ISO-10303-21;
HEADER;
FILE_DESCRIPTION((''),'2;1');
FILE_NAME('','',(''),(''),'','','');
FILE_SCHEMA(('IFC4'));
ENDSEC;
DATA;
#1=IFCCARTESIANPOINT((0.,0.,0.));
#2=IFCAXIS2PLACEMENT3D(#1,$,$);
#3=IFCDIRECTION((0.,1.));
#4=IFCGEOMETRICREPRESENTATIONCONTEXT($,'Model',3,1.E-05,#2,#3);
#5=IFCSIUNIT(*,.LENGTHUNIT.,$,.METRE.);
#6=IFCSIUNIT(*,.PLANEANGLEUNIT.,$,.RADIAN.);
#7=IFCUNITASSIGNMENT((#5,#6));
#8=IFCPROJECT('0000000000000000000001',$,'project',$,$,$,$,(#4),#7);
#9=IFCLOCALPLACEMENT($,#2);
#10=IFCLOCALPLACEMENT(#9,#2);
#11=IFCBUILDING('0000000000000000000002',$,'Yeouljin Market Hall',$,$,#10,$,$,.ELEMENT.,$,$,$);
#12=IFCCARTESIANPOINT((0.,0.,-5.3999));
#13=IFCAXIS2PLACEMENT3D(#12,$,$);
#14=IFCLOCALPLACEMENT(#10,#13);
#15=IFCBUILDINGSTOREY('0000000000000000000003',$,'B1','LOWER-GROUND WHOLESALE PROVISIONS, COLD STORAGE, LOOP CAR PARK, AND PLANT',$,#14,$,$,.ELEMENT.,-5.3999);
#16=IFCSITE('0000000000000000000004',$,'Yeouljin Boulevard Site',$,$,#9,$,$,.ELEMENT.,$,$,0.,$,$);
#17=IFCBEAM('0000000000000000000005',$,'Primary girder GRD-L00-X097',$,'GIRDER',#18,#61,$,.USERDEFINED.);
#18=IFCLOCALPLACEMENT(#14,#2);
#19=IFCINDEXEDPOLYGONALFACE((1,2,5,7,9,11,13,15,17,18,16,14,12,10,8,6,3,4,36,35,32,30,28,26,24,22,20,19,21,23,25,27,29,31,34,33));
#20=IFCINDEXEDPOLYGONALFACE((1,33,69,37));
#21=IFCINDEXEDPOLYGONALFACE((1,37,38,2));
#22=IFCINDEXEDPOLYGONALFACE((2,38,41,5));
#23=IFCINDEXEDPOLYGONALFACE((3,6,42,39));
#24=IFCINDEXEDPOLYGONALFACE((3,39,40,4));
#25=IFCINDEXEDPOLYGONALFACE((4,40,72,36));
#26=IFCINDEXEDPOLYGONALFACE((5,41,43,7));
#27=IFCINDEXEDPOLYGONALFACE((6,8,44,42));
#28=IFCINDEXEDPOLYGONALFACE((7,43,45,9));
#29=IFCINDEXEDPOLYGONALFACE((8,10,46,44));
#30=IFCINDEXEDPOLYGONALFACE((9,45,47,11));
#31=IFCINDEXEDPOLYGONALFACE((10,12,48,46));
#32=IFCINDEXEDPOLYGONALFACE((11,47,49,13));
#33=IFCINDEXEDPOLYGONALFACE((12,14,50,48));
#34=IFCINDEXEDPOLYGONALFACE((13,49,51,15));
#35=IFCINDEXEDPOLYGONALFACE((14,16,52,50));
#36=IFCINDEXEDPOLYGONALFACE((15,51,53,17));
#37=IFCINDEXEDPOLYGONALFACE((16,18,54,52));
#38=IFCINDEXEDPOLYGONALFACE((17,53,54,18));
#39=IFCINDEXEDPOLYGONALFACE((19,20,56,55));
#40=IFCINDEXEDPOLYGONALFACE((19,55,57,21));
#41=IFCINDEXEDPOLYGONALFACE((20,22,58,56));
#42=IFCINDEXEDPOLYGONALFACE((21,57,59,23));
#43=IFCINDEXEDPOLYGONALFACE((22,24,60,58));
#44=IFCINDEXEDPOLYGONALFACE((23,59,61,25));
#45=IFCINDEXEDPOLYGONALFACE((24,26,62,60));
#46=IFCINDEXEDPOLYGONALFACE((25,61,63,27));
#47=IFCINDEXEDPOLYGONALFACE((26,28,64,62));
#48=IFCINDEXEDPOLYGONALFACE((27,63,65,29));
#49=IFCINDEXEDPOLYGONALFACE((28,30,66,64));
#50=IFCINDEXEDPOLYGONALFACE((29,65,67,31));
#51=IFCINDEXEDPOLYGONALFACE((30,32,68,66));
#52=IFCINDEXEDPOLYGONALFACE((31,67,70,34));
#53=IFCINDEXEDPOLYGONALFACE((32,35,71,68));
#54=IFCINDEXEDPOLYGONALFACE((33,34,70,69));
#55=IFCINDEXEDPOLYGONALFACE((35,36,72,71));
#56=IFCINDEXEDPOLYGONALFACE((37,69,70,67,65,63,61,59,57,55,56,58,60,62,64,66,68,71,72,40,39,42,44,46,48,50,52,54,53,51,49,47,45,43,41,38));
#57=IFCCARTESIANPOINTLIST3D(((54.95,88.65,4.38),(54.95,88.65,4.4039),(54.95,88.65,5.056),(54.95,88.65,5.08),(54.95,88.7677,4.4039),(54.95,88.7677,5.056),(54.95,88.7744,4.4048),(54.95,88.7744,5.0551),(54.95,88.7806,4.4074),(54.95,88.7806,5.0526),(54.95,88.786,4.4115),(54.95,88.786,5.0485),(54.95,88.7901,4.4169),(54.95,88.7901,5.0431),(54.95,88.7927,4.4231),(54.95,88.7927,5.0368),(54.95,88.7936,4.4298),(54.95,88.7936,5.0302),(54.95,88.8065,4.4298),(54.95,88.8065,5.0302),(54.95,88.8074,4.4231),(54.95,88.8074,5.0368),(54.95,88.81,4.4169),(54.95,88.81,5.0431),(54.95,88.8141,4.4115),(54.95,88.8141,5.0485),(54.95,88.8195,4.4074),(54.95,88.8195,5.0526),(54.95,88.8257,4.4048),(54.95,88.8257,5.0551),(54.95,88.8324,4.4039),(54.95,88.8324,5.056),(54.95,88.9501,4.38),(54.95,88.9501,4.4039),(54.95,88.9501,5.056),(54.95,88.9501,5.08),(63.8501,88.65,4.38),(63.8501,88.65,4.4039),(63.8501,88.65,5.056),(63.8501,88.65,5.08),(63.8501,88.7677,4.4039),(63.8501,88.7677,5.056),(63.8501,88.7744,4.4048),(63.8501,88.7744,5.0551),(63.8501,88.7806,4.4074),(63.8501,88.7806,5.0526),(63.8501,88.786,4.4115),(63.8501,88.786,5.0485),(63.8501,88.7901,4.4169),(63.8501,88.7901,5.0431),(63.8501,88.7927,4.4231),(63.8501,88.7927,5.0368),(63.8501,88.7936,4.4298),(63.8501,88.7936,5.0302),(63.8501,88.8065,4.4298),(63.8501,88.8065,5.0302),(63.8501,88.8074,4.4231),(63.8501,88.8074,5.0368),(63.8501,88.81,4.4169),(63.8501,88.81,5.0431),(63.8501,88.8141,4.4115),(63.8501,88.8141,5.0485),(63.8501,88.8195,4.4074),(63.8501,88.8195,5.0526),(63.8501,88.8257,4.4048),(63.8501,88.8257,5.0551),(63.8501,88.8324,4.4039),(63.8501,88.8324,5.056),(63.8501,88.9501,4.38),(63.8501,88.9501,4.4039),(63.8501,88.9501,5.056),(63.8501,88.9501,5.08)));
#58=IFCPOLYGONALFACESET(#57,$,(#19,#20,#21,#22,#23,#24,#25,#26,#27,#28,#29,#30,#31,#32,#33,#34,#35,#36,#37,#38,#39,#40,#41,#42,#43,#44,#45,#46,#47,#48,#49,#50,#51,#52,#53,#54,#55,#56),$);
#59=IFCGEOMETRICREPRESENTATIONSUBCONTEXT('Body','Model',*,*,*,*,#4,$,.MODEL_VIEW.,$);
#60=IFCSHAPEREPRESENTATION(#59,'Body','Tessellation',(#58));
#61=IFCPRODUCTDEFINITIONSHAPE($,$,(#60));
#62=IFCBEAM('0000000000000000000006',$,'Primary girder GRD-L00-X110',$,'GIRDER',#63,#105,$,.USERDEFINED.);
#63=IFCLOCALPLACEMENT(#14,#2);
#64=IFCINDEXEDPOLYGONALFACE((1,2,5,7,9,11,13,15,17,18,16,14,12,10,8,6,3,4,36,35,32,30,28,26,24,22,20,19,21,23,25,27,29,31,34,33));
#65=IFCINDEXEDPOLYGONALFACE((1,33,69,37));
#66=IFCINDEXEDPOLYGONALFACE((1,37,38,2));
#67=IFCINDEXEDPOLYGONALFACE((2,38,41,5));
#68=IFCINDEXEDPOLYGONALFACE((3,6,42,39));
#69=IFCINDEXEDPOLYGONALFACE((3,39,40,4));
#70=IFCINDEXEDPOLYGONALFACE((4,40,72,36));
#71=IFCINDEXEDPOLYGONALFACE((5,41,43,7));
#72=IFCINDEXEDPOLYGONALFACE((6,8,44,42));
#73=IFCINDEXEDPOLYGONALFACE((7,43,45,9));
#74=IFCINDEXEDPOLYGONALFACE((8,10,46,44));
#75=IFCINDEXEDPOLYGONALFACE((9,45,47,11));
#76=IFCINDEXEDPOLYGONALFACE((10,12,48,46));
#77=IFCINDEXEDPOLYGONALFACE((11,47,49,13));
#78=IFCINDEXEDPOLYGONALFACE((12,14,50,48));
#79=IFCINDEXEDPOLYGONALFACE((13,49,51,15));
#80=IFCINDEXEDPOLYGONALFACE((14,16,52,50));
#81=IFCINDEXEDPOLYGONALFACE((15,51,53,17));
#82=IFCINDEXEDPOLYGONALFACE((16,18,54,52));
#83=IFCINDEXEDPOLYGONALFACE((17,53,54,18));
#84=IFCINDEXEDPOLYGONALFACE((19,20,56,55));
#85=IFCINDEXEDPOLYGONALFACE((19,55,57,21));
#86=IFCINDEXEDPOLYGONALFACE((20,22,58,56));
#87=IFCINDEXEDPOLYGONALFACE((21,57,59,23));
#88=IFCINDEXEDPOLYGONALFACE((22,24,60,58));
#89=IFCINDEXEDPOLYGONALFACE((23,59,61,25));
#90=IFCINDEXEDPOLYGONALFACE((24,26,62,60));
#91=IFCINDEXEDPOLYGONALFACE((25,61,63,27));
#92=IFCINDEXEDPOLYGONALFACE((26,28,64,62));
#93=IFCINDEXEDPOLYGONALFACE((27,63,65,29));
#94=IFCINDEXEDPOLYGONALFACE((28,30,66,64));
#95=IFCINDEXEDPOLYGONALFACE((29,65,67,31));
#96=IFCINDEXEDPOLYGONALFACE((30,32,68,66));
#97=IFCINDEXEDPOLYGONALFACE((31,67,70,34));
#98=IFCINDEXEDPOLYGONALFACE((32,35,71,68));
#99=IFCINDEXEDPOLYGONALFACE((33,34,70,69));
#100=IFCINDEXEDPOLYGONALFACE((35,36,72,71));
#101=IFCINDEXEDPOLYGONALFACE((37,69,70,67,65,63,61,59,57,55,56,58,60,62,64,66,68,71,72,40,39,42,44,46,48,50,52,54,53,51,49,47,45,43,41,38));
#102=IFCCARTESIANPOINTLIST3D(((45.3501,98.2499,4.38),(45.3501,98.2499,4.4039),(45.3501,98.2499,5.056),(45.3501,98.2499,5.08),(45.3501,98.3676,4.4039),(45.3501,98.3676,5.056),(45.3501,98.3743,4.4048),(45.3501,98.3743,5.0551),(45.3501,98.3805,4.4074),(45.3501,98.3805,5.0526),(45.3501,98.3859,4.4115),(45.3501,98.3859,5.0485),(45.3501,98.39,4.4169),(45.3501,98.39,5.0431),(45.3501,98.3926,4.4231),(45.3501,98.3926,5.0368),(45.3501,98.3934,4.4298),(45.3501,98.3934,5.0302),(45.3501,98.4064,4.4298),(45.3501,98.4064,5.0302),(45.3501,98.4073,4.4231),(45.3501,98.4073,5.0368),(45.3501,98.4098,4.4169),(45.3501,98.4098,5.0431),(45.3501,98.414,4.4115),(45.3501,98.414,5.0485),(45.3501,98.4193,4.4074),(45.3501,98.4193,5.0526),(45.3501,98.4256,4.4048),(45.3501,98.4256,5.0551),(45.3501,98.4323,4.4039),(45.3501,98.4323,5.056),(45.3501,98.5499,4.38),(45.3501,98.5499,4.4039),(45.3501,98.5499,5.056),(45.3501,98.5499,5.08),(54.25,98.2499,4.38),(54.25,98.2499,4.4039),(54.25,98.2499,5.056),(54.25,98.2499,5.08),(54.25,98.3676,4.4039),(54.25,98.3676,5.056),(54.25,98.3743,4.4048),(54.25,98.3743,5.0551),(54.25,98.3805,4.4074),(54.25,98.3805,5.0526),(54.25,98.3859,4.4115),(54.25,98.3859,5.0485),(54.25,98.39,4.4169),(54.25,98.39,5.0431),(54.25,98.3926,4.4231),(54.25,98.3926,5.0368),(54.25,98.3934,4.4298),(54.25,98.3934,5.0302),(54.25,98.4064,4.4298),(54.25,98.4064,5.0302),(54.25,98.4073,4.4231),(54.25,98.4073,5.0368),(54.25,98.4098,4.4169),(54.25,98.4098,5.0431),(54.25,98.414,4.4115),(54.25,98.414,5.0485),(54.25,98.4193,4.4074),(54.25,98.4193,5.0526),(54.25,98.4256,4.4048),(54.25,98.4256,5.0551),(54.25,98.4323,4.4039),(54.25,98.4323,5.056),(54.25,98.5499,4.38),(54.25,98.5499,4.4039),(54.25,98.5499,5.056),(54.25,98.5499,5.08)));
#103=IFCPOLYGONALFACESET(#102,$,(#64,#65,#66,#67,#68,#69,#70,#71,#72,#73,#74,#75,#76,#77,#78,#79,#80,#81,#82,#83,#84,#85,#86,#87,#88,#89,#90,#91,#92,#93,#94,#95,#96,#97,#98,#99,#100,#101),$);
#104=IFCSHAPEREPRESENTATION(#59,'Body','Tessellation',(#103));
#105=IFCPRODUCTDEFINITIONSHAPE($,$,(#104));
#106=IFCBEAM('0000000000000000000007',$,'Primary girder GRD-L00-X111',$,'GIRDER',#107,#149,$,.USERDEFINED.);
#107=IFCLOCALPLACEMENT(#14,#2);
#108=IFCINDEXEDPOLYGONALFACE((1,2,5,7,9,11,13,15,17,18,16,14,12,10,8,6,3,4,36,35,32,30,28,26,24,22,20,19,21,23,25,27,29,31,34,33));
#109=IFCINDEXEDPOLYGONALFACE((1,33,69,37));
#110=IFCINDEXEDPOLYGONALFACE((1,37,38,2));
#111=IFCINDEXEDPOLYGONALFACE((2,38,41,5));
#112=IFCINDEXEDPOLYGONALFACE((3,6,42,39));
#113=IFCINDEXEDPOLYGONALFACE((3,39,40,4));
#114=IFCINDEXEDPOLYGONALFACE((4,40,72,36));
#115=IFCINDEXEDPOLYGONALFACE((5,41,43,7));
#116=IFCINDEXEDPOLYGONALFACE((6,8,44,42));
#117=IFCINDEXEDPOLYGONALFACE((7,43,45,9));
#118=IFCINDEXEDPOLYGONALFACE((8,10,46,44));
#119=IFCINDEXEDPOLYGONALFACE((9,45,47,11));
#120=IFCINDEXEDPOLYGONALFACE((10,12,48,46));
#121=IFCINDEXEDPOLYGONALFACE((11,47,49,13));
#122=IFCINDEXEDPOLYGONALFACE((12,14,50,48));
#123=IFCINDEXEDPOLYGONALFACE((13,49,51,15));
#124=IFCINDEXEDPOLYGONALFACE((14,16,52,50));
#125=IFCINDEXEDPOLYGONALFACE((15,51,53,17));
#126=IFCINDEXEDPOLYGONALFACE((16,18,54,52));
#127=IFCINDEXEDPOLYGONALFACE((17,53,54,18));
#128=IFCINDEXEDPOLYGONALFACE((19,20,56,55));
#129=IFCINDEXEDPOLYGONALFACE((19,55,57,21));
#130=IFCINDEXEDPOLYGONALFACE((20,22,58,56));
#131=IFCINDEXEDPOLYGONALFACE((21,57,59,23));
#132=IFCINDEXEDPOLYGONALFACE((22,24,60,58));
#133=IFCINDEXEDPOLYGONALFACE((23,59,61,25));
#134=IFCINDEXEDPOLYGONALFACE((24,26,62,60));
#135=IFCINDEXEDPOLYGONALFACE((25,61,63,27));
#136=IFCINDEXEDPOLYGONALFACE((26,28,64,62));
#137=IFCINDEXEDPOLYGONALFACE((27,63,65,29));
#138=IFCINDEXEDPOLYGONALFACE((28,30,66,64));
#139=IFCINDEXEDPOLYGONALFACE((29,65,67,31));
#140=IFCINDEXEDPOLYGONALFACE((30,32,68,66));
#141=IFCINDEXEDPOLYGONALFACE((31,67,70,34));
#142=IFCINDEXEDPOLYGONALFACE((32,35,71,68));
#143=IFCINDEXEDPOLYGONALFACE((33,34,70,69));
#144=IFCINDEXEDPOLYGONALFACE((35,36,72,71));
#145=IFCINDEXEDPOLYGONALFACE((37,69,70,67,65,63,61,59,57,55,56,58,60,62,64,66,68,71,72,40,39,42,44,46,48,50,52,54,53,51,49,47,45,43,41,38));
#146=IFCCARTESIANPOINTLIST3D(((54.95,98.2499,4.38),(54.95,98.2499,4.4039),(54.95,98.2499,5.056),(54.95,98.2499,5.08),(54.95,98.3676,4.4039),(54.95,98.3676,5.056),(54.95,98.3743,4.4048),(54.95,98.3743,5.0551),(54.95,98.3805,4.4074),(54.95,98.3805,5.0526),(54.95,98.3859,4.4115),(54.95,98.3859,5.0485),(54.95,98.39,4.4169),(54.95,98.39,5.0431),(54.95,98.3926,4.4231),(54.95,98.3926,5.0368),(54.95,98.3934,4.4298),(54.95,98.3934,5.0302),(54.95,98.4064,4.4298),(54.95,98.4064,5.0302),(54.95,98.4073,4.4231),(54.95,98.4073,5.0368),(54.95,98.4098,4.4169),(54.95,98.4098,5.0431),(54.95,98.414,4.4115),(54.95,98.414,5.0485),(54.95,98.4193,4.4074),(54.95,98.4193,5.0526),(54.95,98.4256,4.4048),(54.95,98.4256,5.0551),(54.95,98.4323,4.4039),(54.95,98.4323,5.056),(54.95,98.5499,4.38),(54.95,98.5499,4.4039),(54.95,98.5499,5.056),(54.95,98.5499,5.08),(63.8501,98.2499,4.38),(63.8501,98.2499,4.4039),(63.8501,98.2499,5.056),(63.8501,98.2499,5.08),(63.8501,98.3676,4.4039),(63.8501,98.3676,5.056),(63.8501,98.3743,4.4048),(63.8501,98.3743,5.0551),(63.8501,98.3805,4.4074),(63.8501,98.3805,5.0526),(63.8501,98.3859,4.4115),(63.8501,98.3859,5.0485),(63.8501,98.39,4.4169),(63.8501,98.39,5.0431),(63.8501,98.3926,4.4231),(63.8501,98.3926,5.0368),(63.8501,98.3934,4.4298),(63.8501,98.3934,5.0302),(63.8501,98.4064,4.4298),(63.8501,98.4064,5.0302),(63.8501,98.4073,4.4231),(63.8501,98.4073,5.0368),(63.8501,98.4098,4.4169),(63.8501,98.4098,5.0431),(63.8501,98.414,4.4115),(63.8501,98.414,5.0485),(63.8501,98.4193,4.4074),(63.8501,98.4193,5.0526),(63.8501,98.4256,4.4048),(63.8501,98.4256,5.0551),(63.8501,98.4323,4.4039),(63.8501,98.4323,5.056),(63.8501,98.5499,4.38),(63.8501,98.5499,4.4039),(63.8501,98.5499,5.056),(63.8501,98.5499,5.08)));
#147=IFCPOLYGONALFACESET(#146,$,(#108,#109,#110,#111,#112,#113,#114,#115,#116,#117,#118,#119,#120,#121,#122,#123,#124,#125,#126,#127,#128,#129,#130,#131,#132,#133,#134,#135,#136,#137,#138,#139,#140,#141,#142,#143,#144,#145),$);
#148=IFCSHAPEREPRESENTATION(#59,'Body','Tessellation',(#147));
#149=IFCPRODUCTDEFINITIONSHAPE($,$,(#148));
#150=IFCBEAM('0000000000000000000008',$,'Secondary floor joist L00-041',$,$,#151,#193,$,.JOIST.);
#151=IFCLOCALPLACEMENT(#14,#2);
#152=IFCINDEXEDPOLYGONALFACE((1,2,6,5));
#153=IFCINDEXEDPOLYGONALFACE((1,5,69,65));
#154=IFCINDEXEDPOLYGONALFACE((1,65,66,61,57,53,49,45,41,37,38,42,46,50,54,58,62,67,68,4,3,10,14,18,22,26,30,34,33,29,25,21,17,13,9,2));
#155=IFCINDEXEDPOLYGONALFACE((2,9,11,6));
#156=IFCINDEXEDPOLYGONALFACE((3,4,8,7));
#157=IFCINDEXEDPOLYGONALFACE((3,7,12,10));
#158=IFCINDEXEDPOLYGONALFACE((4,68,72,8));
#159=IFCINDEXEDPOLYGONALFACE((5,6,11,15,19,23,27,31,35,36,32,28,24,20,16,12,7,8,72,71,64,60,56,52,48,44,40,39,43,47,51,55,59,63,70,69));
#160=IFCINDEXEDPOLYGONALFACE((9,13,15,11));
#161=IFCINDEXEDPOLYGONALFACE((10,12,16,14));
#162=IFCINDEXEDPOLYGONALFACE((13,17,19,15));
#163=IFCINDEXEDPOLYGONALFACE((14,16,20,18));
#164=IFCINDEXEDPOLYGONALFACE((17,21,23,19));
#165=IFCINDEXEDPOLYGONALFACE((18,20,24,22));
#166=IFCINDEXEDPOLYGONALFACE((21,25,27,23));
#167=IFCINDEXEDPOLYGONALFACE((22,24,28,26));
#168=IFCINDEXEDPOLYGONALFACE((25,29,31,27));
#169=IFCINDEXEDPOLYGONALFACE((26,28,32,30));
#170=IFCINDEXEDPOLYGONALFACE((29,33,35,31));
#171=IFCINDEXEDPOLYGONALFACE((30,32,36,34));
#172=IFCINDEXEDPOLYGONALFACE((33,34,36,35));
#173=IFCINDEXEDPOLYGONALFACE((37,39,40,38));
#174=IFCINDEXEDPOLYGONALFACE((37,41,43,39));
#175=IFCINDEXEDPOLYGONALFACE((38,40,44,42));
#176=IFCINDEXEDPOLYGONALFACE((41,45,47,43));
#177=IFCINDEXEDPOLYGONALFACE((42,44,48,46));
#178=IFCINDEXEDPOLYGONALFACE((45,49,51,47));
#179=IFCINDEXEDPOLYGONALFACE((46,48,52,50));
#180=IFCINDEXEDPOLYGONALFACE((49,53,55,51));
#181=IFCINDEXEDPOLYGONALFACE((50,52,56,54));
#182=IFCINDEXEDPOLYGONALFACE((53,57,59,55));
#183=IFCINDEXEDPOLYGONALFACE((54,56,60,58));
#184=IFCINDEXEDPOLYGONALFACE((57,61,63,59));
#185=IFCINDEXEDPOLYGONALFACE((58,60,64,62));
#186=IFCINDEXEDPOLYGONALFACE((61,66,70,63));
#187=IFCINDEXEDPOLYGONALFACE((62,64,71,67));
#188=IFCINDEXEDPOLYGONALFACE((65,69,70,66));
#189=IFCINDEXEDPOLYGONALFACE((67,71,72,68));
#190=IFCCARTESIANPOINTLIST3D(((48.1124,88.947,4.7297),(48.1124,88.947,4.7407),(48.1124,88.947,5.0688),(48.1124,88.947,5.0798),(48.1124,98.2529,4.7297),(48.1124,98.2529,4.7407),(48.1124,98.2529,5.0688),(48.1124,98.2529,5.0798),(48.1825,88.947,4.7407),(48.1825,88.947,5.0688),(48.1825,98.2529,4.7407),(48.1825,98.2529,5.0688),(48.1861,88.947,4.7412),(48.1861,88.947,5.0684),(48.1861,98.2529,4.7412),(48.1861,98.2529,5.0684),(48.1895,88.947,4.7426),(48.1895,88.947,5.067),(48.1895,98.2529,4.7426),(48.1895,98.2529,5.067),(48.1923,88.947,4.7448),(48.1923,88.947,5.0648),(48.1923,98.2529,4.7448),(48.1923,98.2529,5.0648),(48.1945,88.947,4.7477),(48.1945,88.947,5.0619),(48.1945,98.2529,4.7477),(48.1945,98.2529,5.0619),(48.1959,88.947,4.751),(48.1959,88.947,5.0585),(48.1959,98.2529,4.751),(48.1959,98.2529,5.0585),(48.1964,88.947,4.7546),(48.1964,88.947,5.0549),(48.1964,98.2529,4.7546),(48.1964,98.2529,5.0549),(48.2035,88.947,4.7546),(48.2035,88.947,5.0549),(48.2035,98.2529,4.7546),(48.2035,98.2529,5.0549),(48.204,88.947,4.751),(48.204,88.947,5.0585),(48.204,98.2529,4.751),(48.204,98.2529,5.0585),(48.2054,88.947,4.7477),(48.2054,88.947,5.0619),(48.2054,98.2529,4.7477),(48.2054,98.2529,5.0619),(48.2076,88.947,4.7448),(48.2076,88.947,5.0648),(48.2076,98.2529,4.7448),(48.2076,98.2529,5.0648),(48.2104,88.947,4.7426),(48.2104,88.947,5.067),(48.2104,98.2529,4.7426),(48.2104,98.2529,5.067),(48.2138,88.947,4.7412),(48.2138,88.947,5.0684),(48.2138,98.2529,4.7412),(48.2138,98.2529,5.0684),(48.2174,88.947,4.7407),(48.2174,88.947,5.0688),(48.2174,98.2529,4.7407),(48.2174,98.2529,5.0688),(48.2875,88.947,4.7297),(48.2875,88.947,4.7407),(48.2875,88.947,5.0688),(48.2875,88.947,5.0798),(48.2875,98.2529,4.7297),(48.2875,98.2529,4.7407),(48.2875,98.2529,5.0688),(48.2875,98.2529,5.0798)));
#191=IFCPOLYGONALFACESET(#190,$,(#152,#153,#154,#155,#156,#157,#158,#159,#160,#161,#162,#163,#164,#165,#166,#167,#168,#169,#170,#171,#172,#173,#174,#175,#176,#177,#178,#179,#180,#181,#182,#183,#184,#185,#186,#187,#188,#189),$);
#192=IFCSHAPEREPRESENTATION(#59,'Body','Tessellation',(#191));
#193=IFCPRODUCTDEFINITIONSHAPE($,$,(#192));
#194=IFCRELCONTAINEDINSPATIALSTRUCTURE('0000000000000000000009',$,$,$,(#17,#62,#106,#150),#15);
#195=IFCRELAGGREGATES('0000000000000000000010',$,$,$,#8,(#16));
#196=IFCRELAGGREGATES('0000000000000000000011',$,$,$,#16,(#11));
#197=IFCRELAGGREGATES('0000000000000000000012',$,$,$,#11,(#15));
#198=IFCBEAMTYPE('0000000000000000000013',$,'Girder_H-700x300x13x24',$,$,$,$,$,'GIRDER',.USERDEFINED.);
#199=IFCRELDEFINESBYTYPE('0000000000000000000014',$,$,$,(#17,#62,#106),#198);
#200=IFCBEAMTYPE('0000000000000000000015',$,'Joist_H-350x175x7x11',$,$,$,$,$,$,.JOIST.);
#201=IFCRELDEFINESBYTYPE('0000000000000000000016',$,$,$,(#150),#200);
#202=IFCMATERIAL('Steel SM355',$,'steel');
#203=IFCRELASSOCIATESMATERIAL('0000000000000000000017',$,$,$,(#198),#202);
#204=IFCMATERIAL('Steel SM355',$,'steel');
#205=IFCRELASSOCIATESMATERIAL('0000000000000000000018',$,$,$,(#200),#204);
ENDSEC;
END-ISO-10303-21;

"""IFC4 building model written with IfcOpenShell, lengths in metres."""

from ifc_helpers import new_model, si_unit, direction, frame, origin, origin_2d, place, context, subcontext, project, spatial, i_section, extrude, material, material_profile, profile_set, type_object, element, save


model = new_model("IFC4")

# Units and contexts
model_context = context("Model", 3, precision=1e-05, world=origin(), true_north=direction((0.0, 1.0)))
body_context = subcontext(model_context, "Body", "Model", "MODEL_VIEW")
ifc_project = project(units=[si_unit("LENGTHUNIT", "METRE"), si_unit("PLANEANGLEUNIT", "RADIAN")], contexts=[model_context])

# Site, building, storey
site_placement = place(None, origin())
site = spatial("IfcSite", under=ifc_project, at=site_placement, Name="Yeouljin Boulevard Site", CompositionType="ELEMENT", RefElevation=0.0)
building_placement = place(site_placement, origin())
building = spatial("IfcBuilding", under=site, at=building_placement, Name="Yeouljin Market Hall", CompositionType="ELEMENT")
storey_placement = place(building_placement, frame((0.0, 0.0, -5.3999)))
storey = spatial("IfcBuildingStorey", under=building, at=storey_placement, Name="B1", Description="LOWER-GROUND WHOLESALE PROVISIONS, COLD STORAGE, LOOP CAR PARK, AND PLANT", CompositionType="ELEMENT", Elevation=-5.3999)

# Beams
ifc_material_1 = material(Name="Steel SM355", Category="steel")
ifc_material_profile_1 = material_profile(ifc_material_1, i_section(OverallWidth=0.3, OverallDepth=0.7, WebThickness=0.0129, FlangeThickness=0.0239, FilletRadius=0.0259, at=origin_2d()), Name="H-700x300x13x24")
ifc_profile_set_1 = profile_set([ifc_material_profile_1], Name="Steel SM355")
beam_type_1 = type_object("IfcBeamType", Name="Girder_H-700x300x13x24", ElementType="GIRDER", PredefinedType="USERDEFINED", material=ifc_profile_set_1)
beam_1_placement = place(storey_placement, frame((54.95, 88.8, 4.73), z_axis=(1.0, 0.0, 0.0), x_axis=(0.0, 1.0, 0.0)))
element("IfcBeam", 1, at=beam_1_placement, inside=storey, type_object=beam_type_1, Name="Primary girder GRD-L00-X097", ObjectType="GIRDER", PredefinedType="USERDEFINED", context=body_context, shape_type="SweptSolid", body=[
    extrude(i_section(OverallWidth=0.3, OverallDepth=0.7, WebThickness=0.0129, FlangeThickness=0.0239, FilletRadius=0.0259, at=origin_2d()), origin(), (0.0, 0.0, 1.0), 8.9001),
])
beam_2_placement = place(storey_placement, frame((45.3501, 98.3999, 4.73), z_axis=(1.0, 0.0, 0.0), x_axis=(0.0, 1.0, 0.0)))
element("IfcBeam", 2, at=beam_2_placement, inside=storey, type_object=beam_type_1, Name="Primary girder GRD-L00-X110", ObjectType="GIRDER", PredefinedType="USERDEFINED", context=body_context, shape_type="SweptSolid", body=[
    extrude(i_section(OverallWidth=0.3, OverallDepth=0.7, WebThickness=0.0129, FlangeThickness=0.0239, FilletRadius=0.0259, at=origin_2d()), origin(), (0.0, 0.0, 1.0), 8.8999),
])
beam_3_placement = place(storey_placement, frame((54.95, 98.3999, 4.73), z_axis=(1.0, 0.0, 0.0), x_axis=(0.0, 1.0, 0.0)))
element("IfcBeam", 3, at=beam_3_placement, inside=storey, type_object=beam_type_1, Name="Primary girder GRD-L00-X111", ObjectType="GIRDER", PredefinedType="USERDEFINED", context=body_context, shape_type="SweptSolid", body=[
    extrude(i_section(OverallWidth=0.3, OverallDepth=0.7, WebThickness=0.0129, FlangeThickness=0.0239, FilletRadius=0.0259, at=origin_2d()), origin(), (0.0, 0.0, 1.0), 8.9001),
])
ifc_material_2 = material(Name="Steel SM355", Category="steel")
ifc_material_profile_2 = material_profile(ifc_material_2, i_section(OverallWidth=0.175, OverallDepth=0.3501, WebThickness=0.0071, FlangeThickness=0.011, FilletRadius=0.0139, at=origin_2d()), Name="H-350x175x7x11")
ifc_profile_set_2 = profile_set([ifc_material_profile_2], Name="Steel SM355")
beam_type_2 = type_object("IfcBeamType", Name="Joist_H-350x175x7x11", PredefinedType="JOIST", material=ifc_profile_set_2)
for number, where, z_axis, x_axis, name in (
    (4, (48.2, 88.947, 4.9048), (0.0, 1.0, 0.0), (-1.0, 0.0, 0.0), "Secondary floor joist L00-041"),
):
    element("IfcBeam", number, at=place(storey_placement, frame(where, z_axis=z_axis, x_axis=x_axis)), inside=storey, type_object=beam_type_2, Name=name, PredefinedType="JOIST", context=body_context, shape_type="SweptSolid", body=[
        extrude(i_section(OverallWidth=0.175, OverallDepth=0.3501, WebThickness=0.0071, FlangeThickness=0.011, FilletRadius=0.0139, at=origin_2d()), origin(), (0.0, 0.0, 1.0), 9.3059),
    ])

save(model, "model.ifc")
